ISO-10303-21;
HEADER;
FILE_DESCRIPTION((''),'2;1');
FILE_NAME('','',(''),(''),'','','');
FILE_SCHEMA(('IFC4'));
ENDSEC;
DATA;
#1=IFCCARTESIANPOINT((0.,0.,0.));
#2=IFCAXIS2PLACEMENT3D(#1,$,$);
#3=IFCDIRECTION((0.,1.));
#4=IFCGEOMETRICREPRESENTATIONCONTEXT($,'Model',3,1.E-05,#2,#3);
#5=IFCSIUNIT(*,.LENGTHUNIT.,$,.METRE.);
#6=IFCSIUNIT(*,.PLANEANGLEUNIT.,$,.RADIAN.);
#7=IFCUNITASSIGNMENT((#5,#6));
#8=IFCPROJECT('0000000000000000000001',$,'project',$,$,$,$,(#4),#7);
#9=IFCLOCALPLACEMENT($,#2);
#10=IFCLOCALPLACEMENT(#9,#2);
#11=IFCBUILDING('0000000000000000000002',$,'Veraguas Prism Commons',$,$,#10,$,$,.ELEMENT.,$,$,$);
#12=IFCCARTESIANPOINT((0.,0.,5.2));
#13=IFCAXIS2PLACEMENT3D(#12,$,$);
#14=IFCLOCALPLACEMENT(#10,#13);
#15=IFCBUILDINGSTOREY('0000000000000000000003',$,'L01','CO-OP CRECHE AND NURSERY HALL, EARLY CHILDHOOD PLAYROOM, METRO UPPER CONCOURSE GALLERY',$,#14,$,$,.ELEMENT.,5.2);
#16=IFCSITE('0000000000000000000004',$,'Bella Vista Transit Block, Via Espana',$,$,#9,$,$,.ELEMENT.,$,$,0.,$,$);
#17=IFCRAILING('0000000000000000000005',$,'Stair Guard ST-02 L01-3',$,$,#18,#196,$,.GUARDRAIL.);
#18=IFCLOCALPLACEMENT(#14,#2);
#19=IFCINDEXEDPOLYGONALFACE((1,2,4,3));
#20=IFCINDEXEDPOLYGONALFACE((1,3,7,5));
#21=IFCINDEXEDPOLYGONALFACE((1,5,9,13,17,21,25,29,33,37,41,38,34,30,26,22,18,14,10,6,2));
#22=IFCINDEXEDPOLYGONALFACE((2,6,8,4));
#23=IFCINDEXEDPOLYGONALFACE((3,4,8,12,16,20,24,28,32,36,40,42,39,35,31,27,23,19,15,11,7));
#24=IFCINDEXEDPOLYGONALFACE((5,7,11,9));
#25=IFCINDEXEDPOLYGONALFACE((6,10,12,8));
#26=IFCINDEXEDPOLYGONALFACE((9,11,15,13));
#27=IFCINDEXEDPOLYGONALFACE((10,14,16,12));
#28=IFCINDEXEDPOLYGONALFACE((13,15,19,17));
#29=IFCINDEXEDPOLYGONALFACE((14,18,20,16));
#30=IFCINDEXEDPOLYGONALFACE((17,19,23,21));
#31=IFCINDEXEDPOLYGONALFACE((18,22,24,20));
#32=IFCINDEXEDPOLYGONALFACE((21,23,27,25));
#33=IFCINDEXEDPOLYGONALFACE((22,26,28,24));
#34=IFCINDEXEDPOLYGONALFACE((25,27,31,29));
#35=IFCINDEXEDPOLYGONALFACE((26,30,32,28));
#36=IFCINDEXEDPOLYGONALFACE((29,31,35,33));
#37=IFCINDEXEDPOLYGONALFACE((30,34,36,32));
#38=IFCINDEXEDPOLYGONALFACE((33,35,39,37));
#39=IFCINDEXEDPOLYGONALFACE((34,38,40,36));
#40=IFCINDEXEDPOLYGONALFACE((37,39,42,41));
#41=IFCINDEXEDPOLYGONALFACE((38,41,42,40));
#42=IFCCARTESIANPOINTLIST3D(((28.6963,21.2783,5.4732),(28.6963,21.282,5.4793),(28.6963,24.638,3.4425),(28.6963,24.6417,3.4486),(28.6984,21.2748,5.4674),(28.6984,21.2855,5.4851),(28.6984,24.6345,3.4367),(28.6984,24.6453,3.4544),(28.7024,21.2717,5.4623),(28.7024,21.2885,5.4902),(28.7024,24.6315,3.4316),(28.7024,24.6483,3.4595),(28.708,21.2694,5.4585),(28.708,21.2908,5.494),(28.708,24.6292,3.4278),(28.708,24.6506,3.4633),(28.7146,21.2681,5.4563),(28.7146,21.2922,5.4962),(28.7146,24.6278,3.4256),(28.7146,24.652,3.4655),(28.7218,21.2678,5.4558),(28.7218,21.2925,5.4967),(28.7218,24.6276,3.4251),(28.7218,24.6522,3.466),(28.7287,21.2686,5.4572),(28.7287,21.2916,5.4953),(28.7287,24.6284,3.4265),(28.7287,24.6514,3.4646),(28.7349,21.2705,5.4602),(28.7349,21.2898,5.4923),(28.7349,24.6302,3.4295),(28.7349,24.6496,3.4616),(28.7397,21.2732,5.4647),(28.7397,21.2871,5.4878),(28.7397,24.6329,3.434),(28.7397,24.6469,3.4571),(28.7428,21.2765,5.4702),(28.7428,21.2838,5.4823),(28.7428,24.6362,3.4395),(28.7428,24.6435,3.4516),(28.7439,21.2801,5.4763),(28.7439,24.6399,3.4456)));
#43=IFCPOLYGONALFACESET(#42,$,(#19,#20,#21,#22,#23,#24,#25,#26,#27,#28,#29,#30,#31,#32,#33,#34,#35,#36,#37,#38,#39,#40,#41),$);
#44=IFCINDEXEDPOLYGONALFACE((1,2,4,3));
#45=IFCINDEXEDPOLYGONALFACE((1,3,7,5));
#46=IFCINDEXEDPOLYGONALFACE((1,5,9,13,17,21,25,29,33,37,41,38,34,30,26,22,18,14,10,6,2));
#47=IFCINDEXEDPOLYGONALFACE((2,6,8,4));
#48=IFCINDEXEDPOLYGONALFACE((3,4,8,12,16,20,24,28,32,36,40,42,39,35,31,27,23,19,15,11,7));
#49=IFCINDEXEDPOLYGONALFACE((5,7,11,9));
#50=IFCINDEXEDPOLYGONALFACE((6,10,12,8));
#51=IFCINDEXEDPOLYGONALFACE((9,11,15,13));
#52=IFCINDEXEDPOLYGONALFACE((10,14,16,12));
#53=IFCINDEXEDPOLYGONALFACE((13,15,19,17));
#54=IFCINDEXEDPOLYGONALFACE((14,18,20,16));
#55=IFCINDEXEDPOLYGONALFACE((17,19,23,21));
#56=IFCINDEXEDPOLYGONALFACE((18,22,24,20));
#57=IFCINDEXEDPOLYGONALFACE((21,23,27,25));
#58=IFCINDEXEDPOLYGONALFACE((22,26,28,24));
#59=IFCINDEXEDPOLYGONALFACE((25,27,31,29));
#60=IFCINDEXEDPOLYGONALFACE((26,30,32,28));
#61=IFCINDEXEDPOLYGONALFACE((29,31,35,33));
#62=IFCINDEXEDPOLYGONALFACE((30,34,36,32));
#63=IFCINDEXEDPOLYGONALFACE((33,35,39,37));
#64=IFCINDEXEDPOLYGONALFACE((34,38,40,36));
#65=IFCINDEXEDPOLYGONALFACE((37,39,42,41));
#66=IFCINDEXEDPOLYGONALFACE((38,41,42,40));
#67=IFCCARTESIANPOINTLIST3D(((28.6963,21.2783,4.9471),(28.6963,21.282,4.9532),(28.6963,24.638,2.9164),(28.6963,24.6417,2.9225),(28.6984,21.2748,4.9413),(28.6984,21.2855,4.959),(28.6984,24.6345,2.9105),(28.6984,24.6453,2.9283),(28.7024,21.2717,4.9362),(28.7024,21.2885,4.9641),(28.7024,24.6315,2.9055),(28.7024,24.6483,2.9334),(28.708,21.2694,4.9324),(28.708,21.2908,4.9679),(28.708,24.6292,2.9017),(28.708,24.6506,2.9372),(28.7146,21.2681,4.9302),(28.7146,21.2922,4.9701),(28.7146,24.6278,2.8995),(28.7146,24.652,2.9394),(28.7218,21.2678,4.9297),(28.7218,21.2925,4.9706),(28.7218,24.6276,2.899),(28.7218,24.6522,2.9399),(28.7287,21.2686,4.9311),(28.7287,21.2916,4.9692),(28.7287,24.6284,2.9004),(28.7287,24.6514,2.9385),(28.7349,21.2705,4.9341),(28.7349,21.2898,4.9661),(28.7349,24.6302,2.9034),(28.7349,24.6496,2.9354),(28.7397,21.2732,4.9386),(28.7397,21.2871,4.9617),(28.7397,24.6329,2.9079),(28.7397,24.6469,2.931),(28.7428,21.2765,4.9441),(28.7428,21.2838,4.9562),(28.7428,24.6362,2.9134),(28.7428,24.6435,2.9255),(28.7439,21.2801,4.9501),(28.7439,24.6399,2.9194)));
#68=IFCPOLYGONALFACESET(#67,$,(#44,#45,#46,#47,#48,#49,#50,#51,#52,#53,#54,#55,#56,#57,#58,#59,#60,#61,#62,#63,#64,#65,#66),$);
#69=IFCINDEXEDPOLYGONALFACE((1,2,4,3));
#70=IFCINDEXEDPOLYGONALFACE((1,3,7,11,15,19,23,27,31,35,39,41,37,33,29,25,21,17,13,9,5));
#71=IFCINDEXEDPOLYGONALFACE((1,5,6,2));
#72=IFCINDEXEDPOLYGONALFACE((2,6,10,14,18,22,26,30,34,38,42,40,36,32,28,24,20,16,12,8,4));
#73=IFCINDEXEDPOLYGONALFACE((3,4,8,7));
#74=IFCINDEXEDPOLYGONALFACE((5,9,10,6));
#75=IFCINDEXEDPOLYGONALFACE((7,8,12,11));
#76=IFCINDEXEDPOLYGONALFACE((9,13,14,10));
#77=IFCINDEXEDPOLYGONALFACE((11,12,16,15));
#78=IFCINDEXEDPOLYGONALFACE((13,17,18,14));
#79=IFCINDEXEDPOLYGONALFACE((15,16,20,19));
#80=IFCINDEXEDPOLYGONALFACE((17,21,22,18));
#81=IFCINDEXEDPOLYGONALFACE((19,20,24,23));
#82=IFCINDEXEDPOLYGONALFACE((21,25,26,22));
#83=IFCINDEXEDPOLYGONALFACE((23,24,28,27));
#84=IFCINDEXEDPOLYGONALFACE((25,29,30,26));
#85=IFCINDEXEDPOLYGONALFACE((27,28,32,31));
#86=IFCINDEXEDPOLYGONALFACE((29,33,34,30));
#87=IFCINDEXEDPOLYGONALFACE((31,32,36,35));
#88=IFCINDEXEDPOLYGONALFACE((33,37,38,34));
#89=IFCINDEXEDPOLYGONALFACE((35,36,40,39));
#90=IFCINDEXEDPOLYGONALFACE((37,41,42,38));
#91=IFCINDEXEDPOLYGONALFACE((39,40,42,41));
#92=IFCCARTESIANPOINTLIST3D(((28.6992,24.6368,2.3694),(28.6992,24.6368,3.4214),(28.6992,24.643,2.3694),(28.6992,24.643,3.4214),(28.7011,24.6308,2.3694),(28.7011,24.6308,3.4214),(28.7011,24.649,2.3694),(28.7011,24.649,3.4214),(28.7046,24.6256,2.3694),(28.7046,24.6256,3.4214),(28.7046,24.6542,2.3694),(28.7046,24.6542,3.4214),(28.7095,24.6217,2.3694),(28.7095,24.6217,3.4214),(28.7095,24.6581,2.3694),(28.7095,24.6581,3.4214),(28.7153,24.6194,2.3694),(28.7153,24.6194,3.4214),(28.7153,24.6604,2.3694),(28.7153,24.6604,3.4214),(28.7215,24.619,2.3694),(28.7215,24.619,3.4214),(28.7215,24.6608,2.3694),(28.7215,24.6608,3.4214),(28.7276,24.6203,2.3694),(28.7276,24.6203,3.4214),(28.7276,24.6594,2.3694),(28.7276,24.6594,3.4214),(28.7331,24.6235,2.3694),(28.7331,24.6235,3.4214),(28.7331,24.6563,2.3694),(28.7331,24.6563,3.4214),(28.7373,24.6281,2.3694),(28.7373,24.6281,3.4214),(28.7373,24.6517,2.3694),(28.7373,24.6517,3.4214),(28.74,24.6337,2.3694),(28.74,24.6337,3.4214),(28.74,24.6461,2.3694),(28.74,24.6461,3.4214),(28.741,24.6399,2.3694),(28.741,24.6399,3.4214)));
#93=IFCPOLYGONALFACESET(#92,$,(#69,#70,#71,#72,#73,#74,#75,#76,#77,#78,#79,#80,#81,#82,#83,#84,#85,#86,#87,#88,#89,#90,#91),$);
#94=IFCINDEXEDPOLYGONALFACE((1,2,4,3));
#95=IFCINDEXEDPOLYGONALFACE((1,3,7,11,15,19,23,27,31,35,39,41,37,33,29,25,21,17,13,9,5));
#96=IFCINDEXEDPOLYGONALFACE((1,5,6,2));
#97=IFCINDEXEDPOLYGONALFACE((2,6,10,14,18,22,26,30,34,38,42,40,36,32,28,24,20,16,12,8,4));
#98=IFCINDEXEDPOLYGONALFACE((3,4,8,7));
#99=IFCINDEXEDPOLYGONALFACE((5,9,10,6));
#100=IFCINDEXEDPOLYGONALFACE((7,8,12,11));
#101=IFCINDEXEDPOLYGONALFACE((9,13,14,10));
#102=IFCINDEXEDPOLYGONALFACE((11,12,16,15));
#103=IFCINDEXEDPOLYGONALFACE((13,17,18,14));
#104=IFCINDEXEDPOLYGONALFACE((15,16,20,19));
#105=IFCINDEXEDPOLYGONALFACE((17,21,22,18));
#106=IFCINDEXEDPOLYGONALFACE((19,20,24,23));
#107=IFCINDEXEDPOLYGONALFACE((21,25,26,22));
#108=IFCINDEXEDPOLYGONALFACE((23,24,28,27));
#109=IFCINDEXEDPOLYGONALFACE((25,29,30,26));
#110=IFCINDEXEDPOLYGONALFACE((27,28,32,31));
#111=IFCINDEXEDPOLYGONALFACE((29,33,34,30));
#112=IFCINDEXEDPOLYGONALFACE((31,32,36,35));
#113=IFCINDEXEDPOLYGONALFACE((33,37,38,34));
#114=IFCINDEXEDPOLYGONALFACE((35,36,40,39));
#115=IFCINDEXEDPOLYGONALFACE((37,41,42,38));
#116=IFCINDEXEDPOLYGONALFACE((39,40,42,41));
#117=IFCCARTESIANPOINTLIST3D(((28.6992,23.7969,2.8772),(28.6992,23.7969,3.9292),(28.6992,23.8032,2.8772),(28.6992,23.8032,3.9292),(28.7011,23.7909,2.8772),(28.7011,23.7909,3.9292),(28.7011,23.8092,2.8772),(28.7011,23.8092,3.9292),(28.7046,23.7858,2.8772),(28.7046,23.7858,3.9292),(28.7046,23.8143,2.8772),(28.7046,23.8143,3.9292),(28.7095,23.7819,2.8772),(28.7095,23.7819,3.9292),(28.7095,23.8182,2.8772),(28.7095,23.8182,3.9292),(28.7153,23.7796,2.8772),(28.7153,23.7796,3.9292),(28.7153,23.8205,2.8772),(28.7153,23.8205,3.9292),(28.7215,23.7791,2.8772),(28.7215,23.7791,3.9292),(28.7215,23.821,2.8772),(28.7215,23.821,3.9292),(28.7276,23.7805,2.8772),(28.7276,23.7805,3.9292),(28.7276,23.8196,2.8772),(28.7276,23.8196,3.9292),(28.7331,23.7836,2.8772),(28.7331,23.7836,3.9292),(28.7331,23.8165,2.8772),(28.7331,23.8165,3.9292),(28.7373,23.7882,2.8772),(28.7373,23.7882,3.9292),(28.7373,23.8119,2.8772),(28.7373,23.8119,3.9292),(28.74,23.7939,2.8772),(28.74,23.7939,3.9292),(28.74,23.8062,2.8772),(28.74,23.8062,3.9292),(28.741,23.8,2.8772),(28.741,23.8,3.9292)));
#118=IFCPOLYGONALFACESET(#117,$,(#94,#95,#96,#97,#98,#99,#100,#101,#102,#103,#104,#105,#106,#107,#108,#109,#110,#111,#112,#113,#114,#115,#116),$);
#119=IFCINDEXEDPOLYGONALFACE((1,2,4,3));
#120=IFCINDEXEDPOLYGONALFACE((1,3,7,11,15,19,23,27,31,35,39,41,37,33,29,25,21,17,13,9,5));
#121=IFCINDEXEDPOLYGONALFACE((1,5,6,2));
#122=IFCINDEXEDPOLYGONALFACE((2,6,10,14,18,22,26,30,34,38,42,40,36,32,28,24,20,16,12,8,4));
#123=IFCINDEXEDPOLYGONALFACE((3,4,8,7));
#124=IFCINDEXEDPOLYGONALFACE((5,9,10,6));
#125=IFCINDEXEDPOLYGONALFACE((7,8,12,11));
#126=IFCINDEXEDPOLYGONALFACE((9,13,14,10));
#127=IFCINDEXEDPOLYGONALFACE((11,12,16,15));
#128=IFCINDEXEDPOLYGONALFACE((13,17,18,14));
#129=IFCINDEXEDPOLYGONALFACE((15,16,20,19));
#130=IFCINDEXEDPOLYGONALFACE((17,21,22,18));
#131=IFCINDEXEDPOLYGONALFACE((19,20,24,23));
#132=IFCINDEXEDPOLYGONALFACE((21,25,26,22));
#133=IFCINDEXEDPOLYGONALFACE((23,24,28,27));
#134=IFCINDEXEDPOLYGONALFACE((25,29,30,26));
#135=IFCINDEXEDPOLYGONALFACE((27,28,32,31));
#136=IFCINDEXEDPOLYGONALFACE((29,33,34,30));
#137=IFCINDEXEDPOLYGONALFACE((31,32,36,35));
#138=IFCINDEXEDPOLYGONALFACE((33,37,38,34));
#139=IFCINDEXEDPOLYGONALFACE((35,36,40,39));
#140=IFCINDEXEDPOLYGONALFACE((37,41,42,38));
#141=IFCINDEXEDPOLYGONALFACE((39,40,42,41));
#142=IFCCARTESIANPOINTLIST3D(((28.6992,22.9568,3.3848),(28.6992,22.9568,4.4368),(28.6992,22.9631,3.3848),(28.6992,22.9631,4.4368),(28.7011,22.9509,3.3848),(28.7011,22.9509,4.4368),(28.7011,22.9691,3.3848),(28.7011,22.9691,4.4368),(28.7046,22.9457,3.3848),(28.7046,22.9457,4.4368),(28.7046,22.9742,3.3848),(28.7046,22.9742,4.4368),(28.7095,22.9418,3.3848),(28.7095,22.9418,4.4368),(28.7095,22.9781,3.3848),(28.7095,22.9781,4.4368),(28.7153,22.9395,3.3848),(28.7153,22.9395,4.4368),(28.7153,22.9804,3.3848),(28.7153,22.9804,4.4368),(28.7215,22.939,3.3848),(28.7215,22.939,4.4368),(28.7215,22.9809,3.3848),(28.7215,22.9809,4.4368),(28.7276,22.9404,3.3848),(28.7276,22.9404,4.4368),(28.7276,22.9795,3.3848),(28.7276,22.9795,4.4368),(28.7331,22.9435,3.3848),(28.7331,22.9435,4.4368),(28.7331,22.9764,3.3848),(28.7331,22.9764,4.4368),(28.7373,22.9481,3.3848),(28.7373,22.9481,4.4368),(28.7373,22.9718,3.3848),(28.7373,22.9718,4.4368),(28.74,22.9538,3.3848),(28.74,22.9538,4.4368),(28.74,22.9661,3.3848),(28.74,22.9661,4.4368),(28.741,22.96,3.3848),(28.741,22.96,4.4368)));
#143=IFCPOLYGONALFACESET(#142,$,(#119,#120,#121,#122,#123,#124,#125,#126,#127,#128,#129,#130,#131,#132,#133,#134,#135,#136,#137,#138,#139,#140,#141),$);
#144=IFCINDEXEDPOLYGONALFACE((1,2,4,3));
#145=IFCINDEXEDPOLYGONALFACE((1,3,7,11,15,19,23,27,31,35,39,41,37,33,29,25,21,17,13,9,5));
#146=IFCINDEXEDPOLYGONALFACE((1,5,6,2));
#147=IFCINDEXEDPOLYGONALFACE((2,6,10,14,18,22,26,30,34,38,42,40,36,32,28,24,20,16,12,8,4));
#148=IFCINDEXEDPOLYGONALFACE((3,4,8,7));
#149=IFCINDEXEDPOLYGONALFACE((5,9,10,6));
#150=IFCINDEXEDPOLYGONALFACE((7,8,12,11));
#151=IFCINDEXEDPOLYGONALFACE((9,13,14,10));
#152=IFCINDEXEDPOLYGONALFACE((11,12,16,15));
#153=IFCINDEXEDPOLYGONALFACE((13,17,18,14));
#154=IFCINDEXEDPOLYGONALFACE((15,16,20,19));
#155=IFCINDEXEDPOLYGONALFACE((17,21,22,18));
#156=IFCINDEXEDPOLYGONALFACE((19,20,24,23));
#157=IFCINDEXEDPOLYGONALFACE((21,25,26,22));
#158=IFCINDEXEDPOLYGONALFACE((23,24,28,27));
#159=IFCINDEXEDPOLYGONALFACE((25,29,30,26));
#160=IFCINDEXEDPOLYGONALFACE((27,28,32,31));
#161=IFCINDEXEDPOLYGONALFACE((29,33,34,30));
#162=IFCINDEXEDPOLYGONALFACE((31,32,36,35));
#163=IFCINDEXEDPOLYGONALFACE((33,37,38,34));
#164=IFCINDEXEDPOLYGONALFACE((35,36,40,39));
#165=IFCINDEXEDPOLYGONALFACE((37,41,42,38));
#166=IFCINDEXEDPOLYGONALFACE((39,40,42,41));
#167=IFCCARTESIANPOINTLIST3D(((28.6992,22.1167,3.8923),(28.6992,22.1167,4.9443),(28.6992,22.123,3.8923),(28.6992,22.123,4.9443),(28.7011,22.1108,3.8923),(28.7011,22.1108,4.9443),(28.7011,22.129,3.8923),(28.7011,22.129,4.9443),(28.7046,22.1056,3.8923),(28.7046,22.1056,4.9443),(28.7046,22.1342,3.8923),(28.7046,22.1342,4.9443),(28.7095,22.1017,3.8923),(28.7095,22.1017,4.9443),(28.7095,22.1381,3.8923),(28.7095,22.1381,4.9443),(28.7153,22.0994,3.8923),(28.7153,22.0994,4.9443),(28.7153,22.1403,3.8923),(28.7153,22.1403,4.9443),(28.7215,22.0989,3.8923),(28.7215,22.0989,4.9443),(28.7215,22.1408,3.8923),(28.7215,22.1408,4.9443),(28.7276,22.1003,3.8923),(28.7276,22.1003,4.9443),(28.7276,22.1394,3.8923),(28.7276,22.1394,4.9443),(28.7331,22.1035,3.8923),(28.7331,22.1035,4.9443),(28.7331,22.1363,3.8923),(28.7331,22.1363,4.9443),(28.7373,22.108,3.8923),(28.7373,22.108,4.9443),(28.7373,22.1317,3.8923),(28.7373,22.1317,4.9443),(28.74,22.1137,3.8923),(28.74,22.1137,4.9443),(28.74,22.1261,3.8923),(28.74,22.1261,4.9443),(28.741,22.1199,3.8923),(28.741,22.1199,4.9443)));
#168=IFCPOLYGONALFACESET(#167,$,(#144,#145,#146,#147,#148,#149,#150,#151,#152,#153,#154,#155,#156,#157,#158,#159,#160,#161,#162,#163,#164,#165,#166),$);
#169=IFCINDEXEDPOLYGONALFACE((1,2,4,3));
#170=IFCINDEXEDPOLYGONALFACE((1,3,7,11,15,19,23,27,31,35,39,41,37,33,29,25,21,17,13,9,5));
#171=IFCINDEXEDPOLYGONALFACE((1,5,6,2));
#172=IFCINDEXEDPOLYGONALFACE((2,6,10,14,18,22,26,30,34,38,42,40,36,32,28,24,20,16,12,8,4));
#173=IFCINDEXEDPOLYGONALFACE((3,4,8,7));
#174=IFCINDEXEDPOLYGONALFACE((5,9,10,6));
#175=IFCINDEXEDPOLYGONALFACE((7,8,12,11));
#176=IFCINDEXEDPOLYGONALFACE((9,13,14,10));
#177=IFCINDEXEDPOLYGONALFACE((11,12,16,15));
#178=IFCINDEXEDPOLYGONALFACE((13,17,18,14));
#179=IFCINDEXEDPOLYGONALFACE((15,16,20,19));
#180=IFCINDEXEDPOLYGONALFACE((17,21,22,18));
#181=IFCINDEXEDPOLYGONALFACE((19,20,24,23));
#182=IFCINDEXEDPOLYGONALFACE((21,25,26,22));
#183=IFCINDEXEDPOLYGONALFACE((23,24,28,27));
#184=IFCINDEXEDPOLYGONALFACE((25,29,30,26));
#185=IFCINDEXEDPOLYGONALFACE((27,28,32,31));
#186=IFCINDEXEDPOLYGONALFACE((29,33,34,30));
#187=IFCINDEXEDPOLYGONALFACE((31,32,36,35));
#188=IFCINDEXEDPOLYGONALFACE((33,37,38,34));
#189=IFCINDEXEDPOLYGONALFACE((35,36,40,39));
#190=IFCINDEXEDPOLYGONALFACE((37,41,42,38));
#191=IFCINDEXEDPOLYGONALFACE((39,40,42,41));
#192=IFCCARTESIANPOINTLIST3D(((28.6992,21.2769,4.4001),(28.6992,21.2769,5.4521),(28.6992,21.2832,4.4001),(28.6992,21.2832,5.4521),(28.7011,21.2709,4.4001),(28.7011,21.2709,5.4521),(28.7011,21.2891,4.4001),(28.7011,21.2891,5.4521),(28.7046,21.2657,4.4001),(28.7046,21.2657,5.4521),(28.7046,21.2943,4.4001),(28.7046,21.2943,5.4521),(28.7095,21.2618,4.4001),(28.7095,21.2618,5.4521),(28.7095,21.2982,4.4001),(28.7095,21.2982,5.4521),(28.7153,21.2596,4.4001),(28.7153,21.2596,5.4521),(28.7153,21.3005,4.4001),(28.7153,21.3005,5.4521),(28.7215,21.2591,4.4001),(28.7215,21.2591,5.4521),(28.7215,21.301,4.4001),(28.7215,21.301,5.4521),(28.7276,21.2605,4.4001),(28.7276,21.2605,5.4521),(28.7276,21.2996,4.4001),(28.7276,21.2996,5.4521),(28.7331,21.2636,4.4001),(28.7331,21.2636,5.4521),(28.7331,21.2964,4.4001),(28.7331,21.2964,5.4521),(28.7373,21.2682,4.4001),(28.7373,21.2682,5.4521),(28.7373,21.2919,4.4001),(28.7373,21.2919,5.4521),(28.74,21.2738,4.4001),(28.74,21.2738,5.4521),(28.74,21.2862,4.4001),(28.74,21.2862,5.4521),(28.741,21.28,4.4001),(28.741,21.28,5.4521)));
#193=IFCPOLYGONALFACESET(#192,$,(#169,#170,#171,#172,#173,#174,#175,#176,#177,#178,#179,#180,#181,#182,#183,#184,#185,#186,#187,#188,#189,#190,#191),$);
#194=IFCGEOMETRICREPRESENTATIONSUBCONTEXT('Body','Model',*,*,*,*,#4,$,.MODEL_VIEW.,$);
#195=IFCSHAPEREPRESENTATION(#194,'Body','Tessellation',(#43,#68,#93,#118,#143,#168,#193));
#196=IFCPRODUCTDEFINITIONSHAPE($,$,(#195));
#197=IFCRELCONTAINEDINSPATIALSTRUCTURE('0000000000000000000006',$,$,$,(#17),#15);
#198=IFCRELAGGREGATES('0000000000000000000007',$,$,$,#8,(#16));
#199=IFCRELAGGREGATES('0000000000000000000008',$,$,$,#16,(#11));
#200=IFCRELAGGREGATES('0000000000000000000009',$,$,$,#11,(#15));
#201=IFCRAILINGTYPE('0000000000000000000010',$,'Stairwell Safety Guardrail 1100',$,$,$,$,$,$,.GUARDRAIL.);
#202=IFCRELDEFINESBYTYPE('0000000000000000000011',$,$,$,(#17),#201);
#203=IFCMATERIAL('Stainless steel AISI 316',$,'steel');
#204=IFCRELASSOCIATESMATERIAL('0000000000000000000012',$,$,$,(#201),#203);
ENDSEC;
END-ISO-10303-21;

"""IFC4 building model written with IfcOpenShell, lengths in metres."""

from ifc_helpers import new_model, si_unit, direction, frame, origin, origin_2d, place, context, subcontext, project, spatial, circle, extrude, material, type_object, element, save


model = new_model("IFC4")

# Units and contexts
model_context = context("Model", 3, precision=1e-05, world=origin(), true_north=direction((0.0, 1.0)))
body_context = subcontext(model_context, "Body", "Model", "MODEL_VIEW")
ifc_project = project(units=[si_unit("LENGTHUNIT", "METRE"), si_unit("PLANEANGLEUNIT", "RADIAN")], contexts=[model_context])

# Site, building, storey
site_placement = place(None, origin())
site = spatial("IfcSite", under=ifc_project, at=site_placement, Name="Bella Vista Transit Block, Via Espana", CompositionType="ELEMENT", RefElevation=0.0)
building_placement = place(site_placement, origin())
building = spatial("IfcBuilding", under=site, at=building_placement, Name="Veraguas Prism Commons", CompositionType="ELEMENT")
storey_placement = place(building_placement, frame((0.0, 0.0, 5.2)))
storey = spatial("IfcBuildingStorey", under=building, at=storey_placement, Name="L01", Description="CO-OP CRECHE AND NURSERY HALL, EARLY CHILDHOOD PLAYROOM, METRO UPPER CONCOURSE GALLERY", CompositionType="ELEMENT", Elevation=5.2)

# Railing
ifc_material_1 = material(Name="Stainless steel AISI 316", Category="steel")
railing_type = type_object("IfcRailingType", Name="Stairwell Safety Guardrail 1100", PredefinedType="GUARDRAIL", material=ifc_material_1)
railing_1_placement = place(storey_placement, frame((28.72, 24.6399, 2.3694)))
element("IfcRailing", 1, at=railing_1_placement, inside=storey, type_object=railing_type, Name="Stair Guard ST-02 L01-3", PredefinedType="GUARDRAIL", context=body_context, shape_type="SweptSolid", body=[
    extrude(circle(Radius=0.0239, at=origin_2d()), frame((0.0, 0.0, 1.0762), z_axis=(0.0, -0.85582, 0.517273), x_axis=(1.0, 0.0, 0.0)), (0.0, 0.0, 1.0), 3.9258),
    extrude(circle(Radius=0.0239, at=origin_2d()), frame((0.0, 0.0, 0.55), z_axis=(0.0, -0.85582, 0.517273), x_axis=(1.0, 0.0, 0.0)), (0.0, 0.0, 1.0), 3.9258),
    extrude(circle(Radius=0.021, at=origin_2d()), origin(), (0.0, 0.0, 1.0), 1.052),
    extrude(circle(Radius=0.021, at=origin_2d()), frame((0.0, -0.8398, 0.5078)), (0.0, 0.0, 1.0), 1.052),
    extrude(circle(Radius=0.021, at=origin_2d()), frame((0.0, -1.6799, 1.0154)), (0.0, 0.0, 1.0), 1.052),
    extrude(circle(Radius=0.021, at=origin_2d()), frame((0.0, -2.52, 1.5229)), (0.0, 0.0, 1.0), 1.052),
    extrude(circle(Radius=0.021, at=origin_2d()), frame((0.0, -3.3599, 2.0308)), (0.0, 0.0, 1.0), 1.052),
])

save(model, "model.ifc")
